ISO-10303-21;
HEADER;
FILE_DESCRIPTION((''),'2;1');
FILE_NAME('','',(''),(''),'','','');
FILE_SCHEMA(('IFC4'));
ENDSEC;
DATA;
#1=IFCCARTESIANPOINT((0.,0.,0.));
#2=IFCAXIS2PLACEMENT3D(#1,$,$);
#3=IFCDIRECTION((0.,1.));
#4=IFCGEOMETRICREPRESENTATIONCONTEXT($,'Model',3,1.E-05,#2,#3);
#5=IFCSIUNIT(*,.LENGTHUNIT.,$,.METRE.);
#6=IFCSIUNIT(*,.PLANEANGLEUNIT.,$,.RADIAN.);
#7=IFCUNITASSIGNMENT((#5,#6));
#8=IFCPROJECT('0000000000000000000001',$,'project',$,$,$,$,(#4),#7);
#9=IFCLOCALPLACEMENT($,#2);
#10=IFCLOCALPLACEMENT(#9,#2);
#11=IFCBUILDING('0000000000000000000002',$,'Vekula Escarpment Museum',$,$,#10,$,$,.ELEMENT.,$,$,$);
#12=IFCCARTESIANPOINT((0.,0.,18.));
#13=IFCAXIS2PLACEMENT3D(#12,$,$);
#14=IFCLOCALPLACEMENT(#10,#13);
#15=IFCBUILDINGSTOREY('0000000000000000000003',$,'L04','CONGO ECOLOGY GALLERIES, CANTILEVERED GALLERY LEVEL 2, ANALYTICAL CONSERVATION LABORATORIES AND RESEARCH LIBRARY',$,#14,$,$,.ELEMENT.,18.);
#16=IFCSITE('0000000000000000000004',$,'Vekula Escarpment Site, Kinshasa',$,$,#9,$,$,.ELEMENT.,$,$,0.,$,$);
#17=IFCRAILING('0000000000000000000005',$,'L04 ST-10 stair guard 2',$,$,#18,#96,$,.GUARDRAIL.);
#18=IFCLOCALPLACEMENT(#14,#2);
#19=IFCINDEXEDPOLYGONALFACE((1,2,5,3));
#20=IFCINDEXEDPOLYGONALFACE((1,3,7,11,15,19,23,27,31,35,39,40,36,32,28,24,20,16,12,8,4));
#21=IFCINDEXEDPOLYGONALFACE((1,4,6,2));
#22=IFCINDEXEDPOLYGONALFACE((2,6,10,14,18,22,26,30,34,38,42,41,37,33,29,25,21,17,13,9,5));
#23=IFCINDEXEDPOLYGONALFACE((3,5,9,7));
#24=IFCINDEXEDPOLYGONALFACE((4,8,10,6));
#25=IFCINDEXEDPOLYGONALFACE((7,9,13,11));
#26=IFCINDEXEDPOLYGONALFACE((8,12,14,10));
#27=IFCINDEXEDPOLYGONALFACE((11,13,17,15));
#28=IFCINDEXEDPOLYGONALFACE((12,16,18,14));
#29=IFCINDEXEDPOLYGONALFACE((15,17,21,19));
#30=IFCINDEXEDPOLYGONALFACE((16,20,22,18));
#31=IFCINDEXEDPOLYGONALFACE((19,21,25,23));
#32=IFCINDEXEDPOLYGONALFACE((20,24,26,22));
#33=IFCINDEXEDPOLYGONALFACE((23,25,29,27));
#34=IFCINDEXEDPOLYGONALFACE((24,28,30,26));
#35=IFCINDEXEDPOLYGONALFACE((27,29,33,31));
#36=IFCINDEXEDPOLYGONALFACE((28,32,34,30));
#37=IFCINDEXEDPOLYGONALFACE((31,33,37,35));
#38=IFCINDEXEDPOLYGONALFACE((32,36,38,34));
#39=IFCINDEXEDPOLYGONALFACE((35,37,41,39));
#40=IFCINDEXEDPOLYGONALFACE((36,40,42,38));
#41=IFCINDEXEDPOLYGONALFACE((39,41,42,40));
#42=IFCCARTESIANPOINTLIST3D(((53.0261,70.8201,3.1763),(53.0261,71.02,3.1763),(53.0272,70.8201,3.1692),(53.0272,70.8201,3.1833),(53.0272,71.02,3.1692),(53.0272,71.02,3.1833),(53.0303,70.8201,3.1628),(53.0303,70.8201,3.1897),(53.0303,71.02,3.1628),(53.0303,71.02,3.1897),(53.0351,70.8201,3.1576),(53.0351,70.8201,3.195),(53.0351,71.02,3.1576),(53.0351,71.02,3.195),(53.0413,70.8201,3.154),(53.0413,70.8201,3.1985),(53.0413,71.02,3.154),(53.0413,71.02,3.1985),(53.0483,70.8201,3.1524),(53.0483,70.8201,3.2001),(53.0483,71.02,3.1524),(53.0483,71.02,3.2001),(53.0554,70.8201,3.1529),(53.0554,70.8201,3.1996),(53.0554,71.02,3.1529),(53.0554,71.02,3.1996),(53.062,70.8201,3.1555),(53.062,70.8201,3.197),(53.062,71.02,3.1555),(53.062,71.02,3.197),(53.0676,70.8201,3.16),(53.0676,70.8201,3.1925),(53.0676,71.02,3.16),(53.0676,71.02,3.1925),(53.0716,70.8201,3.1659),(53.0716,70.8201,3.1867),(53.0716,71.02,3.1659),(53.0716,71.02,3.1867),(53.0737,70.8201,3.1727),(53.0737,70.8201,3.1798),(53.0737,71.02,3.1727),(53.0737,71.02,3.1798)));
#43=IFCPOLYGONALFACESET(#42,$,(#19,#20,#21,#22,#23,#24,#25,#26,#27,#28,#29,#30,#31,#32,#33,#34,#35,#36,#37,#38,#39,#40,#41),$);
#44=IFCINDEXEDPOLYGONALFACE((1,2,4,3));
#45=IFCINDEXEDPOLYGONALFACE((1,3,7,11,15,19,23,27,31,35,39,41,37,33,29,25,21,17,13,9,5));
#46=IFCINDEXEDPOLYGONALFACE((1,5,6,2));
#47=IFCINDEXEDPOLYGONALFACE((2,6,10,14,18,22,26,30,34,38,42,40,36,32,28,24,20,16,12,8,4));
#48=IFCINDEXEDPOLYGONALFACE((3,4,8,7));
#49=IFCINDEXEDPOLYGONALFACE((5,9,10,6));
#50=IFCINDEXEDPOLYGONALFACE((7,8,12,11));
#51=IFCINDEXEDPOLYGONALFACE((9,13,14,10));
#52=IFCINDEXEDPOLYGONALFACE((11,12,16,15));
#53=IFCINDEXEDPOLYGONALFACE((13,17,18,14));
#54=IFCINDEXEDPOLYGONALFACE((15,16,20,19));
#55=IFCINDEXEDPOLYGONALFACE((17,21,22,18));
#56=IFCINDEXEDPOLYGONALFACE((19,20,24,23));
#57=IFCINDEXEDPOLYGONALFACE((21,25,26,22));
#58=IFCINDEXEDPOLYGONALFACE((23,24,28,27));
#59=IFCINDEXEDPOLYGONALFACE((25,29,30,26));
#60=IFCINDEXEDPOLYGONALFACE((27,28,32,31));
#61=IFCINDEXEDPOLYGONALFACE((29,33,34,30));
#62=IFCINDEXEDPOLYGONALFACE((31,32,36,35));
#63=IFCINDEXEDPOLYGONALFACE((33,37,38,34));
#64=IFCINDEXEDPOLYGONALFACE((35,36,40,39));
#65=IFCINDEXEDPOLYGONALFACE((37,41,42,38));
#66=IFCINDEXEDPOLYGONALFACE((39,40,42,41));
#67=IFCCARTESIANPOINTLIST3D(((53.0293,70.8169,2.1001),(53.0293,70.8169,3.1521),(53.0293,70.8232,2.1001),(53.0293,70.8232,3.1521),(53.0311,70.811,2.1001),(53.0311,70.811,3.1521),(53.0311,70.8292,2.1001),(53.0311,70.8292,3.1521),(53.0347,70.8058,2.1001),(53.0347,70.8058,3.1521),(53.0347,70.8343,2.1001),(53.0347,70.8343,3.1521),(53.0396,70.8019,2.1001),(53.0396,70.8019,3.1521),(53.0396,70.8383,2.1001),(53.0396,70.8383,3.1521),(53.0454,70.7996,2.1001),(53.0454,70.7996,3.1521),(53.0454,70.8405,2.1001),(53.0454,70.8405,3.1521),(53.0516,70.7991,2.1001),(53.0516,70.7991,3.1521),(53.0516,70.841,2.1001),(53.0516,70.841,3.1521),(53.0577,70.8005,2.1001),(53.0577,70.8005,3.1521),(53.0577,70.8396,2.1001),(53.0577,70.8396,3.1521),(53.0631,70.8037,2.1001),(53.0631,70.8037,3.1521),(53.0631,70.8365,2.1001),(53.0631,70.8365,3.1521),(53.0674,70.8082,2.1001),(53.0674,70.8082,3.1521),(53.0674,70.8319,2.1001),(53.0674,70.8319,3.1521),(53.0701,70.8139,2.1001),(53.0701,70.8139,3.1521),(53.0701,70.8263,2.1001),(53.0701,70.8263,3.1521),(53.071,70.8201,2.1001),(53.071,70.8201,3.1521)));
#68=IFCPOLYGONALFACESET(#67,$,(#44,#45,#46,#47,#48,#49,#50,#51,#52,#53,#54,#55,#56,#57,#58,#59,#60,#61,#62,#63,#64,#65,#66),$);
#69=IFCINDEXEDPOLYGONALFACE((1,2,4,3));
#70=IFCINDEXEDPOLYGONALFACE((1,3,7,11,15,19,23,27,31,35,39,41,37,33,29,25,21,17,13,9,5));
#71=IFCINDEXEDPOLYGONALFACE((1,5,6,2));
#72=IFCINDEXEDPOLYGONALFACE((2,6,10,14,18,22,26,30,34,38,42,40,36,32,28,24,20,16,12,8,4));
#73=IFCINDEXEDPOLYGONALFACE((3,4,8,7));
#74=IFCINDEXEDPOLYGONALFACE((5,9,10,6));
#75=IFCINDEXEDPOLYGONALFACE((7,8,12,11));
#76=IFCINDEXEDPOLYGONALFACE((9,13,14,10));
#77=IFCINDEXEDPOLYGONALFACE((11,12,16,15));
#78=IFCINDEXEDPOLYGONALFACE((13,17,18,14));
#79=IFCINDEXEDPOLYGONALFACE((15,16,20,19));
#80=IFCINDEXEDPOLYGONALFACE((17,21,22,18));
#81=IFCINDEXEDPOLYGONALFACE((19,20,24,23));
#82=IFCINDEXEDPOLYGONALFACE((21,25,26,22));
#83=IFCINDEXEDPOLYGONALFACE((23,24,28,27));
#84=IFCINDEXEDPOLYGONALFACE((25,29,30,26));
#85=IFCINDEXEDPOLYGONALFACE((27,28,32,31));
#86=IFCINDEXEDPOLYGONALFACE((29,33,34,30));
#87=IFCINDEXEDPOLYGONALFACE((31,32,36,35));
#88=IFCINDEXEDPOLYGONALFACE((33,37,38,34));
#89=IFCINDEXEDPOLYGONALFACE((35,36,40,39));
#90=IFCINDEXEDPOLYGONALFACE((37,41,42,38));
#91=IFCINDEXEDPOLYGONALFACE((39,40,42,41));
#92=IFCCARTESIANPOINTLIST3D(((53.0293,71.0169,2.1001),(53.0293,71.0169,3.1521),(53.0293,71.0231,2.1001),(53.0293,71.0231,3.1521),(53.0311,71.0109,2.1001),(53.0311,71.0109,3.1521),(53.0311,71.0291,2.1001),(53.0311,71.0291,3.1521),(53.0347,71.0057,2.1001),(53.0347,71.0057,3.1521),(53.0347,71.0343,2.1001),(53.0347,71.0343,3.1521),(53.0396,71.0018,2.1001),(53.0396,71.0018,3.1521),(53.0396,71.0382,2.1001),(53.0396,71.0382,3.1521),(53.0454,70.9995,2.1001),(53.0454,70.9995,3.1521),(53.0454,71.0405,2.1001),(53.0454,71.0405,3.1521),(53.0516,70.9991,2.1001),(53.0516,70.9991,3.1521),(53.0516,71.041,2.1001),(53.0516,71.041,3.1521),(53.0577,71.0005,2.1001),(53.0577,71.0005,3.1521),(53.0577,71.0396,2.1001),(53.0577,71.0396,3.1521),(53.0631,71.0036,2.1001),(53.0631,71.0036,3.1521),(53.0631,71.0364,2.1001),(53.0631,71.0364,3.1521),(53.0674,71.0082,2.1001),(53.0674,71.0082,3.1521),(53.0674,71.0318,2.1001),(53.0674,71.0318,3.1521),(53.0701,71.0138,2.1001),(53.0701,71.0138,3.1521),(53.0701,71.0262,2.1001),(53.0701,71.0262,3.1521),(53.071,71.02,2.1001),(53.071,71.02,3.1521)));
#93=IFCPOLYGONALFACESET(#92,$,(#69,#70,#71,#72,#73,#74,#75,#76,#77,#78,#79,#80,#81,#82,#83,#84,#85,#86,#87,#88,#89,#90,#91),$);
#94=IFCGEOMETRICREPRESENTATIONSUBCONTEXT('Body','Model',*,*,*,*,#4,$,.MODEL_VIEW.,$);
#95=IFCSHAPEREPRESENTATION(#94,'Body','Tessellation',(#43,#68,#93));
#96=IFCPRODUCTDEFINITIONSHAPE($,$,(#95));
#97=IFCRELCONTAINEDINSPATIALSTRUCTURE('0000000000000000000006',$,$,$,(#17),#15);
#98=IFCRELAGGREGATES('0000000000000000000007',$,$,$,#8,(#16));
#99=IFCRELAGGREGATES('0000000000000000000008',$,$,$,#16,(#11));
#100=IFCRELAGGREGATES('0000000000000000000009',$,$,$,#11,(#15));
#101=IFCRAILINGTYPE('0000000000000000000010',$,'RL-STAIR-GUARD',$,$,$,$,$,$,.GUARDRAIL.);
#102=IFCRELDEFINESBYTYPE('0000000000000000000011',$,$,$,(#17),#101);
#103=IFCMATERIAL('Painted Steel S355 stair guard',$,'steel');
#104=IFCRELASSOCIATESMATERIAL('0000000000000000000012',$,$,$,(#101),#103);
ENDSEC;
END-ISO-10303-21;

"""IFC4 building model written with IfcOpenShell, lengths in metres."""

from ifc_helpers import new_model, si_unit, direction, frame, origin, origin_2d, place, context, subcontext, project, spatial, circle, extrude, material, type_object, element, save


model = new_model("IFC4")

# Units and contexts
model_context = context("Model", 3, precision=1e-05, world=origin(), true_north=direction((0.0, 1.0)))
body_context = subcontext(model_context, "Body", "Model", "MODEL_VIEW")
ifc_project = project(units=[si_unit("LENGTHUNIT", "METRE"), si_unit("PLANEANGLEUNIT", "RADIAN")], contexts=[model_context])

# Site, building, storey
site_placement = place(None, origin())
site = spatial("IfcSite", under=ifc_project, at=site_placement, Name="Vekula Escarpment Site, Kinshasa", CompositionType="ELEMENT", RefElevation=0.0)
building_placement = place(site_placement, origin())
building = spatial("IfcBuilding", under=site, at=building_placement, Name="Vekula Escarpment Museum", CompositionType="ELEMENT")
storey_placement = place(building_placement, frame((0.0, 0.0, 18.0)))
storey = spatial("IfcBuildingStorey", under=building, at=storey_placement, Name="L04", Description="CONGO ECOLOGY GALLERIES, CANTILEVERED GALLERY LEVEL 2, ANALYTICAL CONSERVATION LABORATORIES AND RESEARCH LIBRARY", CompositionType="ELEMENT", Elevation=18.0)

# Railing
ifc_material_1 = material(Name="Painted Steel S355 stair guard", Category="steel")
railing_type_1 = type_object("IfcRailingType", Name="RL-STAIR-GUARD", PredefinedType="GUARDRAIL", material=ifc_material_1)
railing_1_placement = place(storey_placement, frame((53.05, 70.8201, 2.1001)))
element("IfcRailing", 1, at=railing_1_placement, inside=storey, type_object=railing_type_1, Name="L04 ST-10 stair guard 2", PredefinedType="GUARDRAIL", context=body_context, shape_type="SweptSolid", body=[
    extrude(circle(Radius=0.0239, at=origin_2d()), frame((0.0, 0.0, 1.0762), z_axis=(0.0, 1.0, 0.0), x_axis=(-1.0, 0.0, 0.0)), (0.0, 0.0, 1.0), 0.2),
    extrude(circle(Radius=0.021, at=origin_2d()), origin(), (0.0, 0.0, 1.0), 1.052),
    extrude(circle(Radius=0.021, at=origin_2d()), frame((0.0, 0.2, 0.0)), (0.0, 0.0, 1.0), 1.052),
])

save(model, "model.ifc")
